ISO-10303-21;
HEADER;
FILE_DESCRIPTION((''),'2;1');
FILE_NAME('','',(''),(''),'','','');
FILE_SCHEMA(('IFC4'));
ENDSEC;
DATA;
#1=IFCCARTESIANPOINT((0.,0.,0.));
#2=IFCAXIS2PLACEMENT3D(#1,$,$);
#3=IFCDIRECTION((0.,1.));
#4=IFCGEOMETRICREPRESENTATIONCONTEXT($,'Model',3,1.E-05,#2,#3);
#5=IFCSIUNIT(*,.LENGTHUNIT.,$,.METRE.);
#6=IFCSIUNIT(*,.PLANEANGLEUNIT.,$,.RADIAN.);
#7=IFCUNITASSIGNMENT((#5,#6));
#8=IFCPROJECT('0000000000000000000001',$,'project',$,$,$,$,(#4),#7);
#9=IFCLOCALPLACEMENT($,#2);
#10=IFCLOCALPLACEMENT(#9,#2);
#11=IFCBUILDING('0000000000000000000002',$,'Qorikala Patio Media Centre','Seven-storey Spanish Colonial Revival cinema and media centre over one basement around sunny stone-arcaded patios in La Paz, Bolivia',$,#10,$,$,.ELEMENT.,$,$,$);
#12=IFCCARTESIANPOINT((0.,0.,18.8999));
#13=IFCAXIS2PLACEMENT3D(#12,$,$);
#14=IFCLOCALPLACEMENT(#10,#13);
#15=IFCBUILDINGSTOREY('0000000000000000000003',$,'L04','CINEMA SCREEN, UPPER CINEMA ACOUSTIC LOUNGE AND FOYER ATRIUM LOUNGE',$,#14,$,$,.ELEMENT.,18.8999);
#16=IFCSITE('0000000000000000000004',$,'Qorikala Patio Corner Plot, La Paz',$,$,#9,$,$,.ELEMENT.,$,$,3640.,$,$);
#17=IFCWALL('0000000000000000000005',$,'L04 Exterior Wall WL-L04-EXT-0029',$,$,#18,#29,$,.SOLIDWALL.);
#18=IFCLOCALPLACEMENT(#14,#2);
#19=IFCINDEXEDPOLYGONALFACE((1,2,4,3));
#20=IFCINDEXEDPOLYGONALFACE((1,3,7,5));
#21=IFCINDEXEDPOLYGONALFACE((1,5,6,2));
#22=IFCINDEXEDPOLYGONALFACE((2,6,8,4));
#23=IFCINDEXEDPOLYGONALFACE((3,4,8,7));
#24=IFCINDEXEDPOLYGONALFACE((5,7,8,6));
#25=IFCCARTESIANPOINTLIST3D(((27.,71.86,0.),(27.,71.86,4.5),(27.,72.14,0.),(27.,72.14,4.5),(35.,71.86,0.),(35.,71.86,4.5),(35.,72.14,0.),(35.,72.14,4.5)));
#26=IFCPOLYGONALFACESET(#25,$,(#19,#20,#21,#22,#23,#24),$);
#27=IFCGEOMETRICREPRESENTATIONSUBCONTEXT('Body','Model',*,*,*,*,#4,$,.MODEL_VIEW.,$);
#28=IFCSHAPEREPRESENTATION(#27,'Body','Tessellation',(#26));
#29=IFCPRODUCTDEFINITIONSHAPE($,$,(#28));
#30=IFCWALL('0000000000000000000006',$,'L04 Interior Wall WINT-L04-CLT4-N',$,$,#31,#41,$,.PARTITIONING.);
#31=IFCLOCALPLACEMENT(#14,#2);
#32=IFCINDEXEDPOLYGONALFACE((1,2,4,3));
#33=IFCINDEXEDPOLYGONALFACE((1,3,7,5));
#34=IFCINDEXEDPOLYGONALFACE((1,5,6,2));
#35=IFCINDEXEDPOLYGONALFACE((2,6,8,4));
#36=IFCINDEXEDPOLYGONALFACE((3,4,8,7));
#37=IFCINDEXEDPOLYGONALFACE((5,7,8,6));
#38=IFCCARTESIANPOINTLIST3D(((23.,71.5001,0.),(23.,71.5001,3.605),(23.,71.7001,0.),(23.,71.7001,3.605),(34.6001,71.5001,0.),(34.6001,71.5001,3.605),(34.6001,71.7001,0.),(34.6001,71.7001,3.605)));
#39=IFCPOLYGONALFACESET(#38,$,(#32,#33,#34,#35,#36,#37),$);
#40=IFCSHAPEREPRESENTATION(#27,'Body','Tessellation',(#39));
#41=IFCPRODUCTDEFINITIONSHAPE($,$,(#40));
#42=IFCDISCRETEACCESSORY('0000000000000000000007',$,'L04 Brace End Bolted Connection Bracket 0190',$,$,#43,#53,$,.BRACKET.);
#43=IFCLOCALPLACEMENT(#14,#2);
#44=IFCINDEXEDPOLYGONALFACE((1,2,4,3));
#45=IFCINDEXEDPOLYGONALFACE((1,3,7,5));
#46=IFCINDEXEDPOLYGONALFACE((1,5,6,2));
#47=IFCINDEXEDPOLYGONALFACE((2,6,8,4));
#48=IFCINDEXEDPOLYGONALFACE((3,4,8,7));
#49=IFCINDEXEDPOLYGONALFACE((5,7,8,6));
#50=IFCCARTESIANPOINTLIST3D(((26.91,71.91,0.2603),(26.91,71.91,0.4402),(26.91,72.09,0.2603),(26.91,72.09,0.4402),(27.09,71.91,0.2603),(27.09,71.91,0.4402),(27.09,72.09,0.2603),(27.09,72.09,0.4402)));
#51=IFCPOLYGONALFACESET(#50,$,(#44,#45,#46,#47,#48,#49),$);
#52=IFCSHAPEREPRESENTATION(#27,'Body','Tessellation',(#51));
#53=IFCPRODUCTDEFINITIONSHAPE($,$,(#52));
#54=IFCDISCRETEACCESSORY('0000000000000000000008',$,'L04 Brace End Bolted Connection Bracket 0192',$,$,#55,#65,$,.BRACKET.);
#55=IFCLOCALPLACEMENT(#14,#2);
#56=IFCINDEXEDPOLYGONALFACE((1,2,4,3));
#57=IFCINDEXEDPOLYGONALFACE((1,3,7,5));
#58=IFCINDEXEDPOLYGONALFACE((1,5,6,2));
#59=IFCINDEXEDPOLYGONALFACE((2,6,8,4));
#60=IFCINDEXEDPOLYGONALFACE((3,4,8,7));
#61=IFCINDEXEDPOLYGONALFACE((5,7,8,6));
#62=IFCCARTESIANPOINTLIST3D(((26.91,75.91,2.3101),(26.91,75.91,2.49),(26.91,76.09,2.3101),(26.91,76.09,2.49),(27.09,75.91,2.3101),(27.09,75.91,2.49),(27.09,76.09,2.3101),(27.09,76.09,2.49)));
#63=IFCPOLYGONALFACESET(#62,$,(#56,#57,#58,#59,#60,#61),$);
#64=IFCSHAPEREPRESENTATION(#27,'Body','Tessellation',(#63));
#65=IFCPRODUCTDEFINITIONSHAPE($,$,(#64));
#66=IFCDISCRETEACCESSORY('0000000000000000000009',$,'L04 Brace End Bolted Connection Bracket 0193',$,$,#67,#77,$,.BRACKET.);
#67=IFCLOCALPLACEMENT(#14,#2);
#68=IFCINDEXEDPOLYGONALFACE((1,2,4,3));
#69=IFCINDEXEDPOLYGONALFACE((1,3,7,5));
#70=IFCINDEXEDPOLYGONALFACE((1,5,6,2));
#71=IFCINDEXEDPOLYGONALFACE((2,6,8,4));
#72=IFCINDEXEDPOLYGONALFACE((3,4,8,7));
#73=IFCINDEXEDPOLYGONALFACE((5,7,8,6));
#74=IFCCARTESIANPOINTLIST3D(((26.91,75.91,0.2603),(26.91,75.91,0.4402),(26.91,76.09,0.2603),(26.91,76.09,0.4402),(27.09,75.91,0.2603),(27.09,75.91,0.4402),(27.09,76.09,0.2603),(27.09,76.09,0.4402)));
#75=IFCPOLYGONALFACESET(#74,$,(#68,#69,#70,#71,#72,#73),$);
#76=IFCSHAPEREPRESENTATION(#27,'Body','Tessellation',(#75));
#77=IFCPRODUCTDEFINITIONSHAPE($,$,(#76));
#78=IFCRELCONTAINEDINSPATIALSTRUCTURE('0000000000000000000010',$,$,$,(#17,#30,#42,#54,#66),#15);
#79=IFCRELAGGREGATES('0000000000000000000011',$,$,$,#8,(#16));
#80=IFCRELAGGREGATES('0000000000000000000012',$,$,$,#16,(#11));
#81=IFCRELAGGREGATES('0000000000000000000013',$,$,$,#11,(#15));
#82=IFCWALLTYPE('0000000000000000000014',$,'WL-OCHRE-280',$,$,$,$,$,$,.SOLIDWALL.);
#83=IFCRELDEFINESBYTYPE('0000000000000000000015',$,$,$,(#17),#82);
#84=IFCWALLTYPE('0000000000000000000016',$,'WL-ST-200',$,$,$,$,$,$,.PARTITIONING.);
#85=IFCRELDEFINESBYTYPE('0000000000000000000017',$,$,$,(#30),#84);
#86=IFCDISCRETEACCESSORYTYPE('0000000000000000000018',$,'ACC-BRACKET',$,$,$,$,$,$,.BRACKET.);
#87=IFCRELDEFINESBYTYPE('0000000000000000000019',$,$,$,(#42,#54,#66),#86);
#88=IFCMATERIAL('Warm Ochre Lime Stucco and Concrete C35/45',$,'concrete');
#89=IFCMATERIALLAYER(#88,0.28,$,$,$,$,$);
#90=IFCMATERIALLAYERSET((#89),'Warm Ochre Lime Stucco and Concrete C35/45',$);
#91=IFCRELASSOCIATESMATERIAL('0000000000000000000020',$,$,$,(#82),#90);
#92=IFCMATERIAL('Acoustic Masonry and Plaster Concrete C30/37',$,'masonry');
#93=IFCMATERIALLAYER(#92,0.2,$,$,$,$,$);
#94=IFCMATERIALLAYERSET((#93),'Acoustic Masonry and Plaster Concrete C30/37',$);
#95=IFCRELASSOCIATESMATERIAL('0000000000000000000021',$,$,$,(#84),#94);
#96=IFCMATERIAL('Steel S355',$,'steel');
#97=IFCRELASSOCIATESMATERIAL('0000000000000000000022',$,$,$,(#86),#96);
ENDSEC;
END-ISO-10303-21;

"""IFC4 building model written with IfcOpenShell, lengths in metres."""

from ifc_helpers import new_model, si_unit, direction, frame, frame_2d, origin, origin_2d, place, context, subcontext, project, spatial, rectangle, extrude, material, layer, layer_set, type_object, element, save


model = new_model("IFC4")

# Units and contexts
model_context = context("Model", 3, precision=1e-05, world=origin(), true_north=direction((0.0, 1.0)))
body_context = subcontext(model_context, "Body", "Model", "MODEL_VIEW")
ifc_project = project(units=[si_unit("LENGTHUNIT", "METRE"), si_unit("PLANEANGLEUNIT", "RADIAN")], contexts=[model_context])

# Site, building, storey
site_placement = place(None, origin())
site = spatial("IfcSite", under=ifc_project, at=site_placement, Name="Qorikala Patio Corner Plot, La Paz", CompositionType="ELEMENT", RefElevation=3640.0)
building_placement = place(site_placement, origin())
building = spatial("IfcBuilding", under=site, at=building_placement, Name="Qorikala Patio Media Centre", Description="Seven-storey Spanish Colonial Revival cinema and media centre over one basement around sunny stone-arcaded patios in La Paz, Bolivia", CompositionType="ELEMENT")
storey_placement = place(building_placement, frame((0.0, 0.0, 18.8999)))
storey = spatial("IfcBuildingStorey", under=building, at=storey_placement, Name="L04", Description="CINEMA SCREEN, UPPER CINEMA ACOUSTIC LOUNGE AND FOYER ATRIUM LOUNGE", CompositionType="ELEMENT", Elevation=18.8999)

# Shared definitions
ifc_material_1 = material(Name="Steel S355", Category="steel")

# Walls
ifc_material_2 = material(Name="Warm Ochre Lime Stucco and Concrete C35/45", Category="concrete")
ifc_layer_1 = layer(ifc_material_2, 0.28)
ifc_layer_set_1 = layer_set([ifc_layer_1], Name="Warm Ochre Lime Stucco and Concrete C35/45")
wall_type_1 = type_object("IfcWallType", Name="WL-OCHRE-280", PredefinedType="SOLIDWALL", material=ifc_layer_set_1)
wall_1_placement = place(storey_placement, frame((27.0, 72.0, 0.0), z_axis=(0.0, 0.0, 1.0), x_axis=(1.0, 0.0, 0.0)))
element("IfcWall", 1, at=wall_1_placement, inside=storey, type_object=wall_type_1, Name="L04 Exterior Wall WL-L04-EXT-0029", PredefinedType="SOLIDWALL", context=body_context, shape_type="SweptSolid", body=[
    extrude(rectangle(XDim=8.0, YDim=0.28, at=frame_2d((4.0, 0.0))), origin(), (0.0, 0.0, 1.0), 4.5),
])
ifc_material_3 = material(Name="Acoustic Masonry and Plaster Concrete C30/37", Category="masonry")
ifc_layer_2 = layer(ifc_material_3, 0.2)
ifc_layer_set_2 = layer_set([ifc_layer_2], Name="Acoustic Masonry and Plaster Concrete C30/37")
wall_type_2 = type_object("IfcWallType", Name="WL-ST-200", PredefinedType="PARTITIONING", material=ifc_layer_set_2)
wall_2_placement = place(storey_placement, frame((23.0, 71.6001, 0.0), z_axis=(0.0, 0.0, 1.0), x_axis=(1.0, 0.0, 0.0)))
element("IfcWall", 2, at=wall_2_placement, inside=storey, type_object=wall_type_2, Name="L04 Interior Wall WINT-L04-CLT4-N", PredefinedType="PARTITIONING", context=body_context, shape_type="SweptSolid", body=[
    extrude(rectangle(XDim=11.6001, YDim=0.2, at=frame_2d((5.8, 0.0))), origin(), (0.0, 0.0, 1.0), 3.605),
])

# Discrete accessories
discrete_accessory_type = type_object("IfcDiscreteAccessoryType", Name="ACC-BRACKET", PredefinedType="BRACKET", material=ifc_material_1)
for number, where, z_axis, x_axis, name in (
    (3, (27.0, 72.0, 0.2603), (0.0, 0.0, 1.0), (1.0, 0.0, 0.0), "L04 Brace End Bolted Connection Bracket 0190"),
    (4, (27.0, 76.0, 2.3101), (0.0, 0.0, 1.0), (1.0, 0.0, 0.0), "L04 Brace End Bolted Connection Bracket 0192"),
    (5, (27.0, 76.0, 0.2603), (0.0, 0.0, 1.0), (1.0, 0.0, 0.0), "L04 Brace End Bolted Connection Bracket 0193"),
):
    element("IfcDiscreteAccessory", number, at=place(storey_placement, frame(where, z_axis=z_axis, x_axis=x_axis)), inside=storey, type_object=discrete_accessory_type, Name=name, PredefinedType="BRACKET", context=body_context, shape_type="SweptSolid", body=[
        extrude(rectangle(XDim=0.1799, YDim=0.1799, at=origin_2d()), origin(), (0.0, 0.0, 1.0), 0.1799),
    ])

save(model, "model.ifc")
